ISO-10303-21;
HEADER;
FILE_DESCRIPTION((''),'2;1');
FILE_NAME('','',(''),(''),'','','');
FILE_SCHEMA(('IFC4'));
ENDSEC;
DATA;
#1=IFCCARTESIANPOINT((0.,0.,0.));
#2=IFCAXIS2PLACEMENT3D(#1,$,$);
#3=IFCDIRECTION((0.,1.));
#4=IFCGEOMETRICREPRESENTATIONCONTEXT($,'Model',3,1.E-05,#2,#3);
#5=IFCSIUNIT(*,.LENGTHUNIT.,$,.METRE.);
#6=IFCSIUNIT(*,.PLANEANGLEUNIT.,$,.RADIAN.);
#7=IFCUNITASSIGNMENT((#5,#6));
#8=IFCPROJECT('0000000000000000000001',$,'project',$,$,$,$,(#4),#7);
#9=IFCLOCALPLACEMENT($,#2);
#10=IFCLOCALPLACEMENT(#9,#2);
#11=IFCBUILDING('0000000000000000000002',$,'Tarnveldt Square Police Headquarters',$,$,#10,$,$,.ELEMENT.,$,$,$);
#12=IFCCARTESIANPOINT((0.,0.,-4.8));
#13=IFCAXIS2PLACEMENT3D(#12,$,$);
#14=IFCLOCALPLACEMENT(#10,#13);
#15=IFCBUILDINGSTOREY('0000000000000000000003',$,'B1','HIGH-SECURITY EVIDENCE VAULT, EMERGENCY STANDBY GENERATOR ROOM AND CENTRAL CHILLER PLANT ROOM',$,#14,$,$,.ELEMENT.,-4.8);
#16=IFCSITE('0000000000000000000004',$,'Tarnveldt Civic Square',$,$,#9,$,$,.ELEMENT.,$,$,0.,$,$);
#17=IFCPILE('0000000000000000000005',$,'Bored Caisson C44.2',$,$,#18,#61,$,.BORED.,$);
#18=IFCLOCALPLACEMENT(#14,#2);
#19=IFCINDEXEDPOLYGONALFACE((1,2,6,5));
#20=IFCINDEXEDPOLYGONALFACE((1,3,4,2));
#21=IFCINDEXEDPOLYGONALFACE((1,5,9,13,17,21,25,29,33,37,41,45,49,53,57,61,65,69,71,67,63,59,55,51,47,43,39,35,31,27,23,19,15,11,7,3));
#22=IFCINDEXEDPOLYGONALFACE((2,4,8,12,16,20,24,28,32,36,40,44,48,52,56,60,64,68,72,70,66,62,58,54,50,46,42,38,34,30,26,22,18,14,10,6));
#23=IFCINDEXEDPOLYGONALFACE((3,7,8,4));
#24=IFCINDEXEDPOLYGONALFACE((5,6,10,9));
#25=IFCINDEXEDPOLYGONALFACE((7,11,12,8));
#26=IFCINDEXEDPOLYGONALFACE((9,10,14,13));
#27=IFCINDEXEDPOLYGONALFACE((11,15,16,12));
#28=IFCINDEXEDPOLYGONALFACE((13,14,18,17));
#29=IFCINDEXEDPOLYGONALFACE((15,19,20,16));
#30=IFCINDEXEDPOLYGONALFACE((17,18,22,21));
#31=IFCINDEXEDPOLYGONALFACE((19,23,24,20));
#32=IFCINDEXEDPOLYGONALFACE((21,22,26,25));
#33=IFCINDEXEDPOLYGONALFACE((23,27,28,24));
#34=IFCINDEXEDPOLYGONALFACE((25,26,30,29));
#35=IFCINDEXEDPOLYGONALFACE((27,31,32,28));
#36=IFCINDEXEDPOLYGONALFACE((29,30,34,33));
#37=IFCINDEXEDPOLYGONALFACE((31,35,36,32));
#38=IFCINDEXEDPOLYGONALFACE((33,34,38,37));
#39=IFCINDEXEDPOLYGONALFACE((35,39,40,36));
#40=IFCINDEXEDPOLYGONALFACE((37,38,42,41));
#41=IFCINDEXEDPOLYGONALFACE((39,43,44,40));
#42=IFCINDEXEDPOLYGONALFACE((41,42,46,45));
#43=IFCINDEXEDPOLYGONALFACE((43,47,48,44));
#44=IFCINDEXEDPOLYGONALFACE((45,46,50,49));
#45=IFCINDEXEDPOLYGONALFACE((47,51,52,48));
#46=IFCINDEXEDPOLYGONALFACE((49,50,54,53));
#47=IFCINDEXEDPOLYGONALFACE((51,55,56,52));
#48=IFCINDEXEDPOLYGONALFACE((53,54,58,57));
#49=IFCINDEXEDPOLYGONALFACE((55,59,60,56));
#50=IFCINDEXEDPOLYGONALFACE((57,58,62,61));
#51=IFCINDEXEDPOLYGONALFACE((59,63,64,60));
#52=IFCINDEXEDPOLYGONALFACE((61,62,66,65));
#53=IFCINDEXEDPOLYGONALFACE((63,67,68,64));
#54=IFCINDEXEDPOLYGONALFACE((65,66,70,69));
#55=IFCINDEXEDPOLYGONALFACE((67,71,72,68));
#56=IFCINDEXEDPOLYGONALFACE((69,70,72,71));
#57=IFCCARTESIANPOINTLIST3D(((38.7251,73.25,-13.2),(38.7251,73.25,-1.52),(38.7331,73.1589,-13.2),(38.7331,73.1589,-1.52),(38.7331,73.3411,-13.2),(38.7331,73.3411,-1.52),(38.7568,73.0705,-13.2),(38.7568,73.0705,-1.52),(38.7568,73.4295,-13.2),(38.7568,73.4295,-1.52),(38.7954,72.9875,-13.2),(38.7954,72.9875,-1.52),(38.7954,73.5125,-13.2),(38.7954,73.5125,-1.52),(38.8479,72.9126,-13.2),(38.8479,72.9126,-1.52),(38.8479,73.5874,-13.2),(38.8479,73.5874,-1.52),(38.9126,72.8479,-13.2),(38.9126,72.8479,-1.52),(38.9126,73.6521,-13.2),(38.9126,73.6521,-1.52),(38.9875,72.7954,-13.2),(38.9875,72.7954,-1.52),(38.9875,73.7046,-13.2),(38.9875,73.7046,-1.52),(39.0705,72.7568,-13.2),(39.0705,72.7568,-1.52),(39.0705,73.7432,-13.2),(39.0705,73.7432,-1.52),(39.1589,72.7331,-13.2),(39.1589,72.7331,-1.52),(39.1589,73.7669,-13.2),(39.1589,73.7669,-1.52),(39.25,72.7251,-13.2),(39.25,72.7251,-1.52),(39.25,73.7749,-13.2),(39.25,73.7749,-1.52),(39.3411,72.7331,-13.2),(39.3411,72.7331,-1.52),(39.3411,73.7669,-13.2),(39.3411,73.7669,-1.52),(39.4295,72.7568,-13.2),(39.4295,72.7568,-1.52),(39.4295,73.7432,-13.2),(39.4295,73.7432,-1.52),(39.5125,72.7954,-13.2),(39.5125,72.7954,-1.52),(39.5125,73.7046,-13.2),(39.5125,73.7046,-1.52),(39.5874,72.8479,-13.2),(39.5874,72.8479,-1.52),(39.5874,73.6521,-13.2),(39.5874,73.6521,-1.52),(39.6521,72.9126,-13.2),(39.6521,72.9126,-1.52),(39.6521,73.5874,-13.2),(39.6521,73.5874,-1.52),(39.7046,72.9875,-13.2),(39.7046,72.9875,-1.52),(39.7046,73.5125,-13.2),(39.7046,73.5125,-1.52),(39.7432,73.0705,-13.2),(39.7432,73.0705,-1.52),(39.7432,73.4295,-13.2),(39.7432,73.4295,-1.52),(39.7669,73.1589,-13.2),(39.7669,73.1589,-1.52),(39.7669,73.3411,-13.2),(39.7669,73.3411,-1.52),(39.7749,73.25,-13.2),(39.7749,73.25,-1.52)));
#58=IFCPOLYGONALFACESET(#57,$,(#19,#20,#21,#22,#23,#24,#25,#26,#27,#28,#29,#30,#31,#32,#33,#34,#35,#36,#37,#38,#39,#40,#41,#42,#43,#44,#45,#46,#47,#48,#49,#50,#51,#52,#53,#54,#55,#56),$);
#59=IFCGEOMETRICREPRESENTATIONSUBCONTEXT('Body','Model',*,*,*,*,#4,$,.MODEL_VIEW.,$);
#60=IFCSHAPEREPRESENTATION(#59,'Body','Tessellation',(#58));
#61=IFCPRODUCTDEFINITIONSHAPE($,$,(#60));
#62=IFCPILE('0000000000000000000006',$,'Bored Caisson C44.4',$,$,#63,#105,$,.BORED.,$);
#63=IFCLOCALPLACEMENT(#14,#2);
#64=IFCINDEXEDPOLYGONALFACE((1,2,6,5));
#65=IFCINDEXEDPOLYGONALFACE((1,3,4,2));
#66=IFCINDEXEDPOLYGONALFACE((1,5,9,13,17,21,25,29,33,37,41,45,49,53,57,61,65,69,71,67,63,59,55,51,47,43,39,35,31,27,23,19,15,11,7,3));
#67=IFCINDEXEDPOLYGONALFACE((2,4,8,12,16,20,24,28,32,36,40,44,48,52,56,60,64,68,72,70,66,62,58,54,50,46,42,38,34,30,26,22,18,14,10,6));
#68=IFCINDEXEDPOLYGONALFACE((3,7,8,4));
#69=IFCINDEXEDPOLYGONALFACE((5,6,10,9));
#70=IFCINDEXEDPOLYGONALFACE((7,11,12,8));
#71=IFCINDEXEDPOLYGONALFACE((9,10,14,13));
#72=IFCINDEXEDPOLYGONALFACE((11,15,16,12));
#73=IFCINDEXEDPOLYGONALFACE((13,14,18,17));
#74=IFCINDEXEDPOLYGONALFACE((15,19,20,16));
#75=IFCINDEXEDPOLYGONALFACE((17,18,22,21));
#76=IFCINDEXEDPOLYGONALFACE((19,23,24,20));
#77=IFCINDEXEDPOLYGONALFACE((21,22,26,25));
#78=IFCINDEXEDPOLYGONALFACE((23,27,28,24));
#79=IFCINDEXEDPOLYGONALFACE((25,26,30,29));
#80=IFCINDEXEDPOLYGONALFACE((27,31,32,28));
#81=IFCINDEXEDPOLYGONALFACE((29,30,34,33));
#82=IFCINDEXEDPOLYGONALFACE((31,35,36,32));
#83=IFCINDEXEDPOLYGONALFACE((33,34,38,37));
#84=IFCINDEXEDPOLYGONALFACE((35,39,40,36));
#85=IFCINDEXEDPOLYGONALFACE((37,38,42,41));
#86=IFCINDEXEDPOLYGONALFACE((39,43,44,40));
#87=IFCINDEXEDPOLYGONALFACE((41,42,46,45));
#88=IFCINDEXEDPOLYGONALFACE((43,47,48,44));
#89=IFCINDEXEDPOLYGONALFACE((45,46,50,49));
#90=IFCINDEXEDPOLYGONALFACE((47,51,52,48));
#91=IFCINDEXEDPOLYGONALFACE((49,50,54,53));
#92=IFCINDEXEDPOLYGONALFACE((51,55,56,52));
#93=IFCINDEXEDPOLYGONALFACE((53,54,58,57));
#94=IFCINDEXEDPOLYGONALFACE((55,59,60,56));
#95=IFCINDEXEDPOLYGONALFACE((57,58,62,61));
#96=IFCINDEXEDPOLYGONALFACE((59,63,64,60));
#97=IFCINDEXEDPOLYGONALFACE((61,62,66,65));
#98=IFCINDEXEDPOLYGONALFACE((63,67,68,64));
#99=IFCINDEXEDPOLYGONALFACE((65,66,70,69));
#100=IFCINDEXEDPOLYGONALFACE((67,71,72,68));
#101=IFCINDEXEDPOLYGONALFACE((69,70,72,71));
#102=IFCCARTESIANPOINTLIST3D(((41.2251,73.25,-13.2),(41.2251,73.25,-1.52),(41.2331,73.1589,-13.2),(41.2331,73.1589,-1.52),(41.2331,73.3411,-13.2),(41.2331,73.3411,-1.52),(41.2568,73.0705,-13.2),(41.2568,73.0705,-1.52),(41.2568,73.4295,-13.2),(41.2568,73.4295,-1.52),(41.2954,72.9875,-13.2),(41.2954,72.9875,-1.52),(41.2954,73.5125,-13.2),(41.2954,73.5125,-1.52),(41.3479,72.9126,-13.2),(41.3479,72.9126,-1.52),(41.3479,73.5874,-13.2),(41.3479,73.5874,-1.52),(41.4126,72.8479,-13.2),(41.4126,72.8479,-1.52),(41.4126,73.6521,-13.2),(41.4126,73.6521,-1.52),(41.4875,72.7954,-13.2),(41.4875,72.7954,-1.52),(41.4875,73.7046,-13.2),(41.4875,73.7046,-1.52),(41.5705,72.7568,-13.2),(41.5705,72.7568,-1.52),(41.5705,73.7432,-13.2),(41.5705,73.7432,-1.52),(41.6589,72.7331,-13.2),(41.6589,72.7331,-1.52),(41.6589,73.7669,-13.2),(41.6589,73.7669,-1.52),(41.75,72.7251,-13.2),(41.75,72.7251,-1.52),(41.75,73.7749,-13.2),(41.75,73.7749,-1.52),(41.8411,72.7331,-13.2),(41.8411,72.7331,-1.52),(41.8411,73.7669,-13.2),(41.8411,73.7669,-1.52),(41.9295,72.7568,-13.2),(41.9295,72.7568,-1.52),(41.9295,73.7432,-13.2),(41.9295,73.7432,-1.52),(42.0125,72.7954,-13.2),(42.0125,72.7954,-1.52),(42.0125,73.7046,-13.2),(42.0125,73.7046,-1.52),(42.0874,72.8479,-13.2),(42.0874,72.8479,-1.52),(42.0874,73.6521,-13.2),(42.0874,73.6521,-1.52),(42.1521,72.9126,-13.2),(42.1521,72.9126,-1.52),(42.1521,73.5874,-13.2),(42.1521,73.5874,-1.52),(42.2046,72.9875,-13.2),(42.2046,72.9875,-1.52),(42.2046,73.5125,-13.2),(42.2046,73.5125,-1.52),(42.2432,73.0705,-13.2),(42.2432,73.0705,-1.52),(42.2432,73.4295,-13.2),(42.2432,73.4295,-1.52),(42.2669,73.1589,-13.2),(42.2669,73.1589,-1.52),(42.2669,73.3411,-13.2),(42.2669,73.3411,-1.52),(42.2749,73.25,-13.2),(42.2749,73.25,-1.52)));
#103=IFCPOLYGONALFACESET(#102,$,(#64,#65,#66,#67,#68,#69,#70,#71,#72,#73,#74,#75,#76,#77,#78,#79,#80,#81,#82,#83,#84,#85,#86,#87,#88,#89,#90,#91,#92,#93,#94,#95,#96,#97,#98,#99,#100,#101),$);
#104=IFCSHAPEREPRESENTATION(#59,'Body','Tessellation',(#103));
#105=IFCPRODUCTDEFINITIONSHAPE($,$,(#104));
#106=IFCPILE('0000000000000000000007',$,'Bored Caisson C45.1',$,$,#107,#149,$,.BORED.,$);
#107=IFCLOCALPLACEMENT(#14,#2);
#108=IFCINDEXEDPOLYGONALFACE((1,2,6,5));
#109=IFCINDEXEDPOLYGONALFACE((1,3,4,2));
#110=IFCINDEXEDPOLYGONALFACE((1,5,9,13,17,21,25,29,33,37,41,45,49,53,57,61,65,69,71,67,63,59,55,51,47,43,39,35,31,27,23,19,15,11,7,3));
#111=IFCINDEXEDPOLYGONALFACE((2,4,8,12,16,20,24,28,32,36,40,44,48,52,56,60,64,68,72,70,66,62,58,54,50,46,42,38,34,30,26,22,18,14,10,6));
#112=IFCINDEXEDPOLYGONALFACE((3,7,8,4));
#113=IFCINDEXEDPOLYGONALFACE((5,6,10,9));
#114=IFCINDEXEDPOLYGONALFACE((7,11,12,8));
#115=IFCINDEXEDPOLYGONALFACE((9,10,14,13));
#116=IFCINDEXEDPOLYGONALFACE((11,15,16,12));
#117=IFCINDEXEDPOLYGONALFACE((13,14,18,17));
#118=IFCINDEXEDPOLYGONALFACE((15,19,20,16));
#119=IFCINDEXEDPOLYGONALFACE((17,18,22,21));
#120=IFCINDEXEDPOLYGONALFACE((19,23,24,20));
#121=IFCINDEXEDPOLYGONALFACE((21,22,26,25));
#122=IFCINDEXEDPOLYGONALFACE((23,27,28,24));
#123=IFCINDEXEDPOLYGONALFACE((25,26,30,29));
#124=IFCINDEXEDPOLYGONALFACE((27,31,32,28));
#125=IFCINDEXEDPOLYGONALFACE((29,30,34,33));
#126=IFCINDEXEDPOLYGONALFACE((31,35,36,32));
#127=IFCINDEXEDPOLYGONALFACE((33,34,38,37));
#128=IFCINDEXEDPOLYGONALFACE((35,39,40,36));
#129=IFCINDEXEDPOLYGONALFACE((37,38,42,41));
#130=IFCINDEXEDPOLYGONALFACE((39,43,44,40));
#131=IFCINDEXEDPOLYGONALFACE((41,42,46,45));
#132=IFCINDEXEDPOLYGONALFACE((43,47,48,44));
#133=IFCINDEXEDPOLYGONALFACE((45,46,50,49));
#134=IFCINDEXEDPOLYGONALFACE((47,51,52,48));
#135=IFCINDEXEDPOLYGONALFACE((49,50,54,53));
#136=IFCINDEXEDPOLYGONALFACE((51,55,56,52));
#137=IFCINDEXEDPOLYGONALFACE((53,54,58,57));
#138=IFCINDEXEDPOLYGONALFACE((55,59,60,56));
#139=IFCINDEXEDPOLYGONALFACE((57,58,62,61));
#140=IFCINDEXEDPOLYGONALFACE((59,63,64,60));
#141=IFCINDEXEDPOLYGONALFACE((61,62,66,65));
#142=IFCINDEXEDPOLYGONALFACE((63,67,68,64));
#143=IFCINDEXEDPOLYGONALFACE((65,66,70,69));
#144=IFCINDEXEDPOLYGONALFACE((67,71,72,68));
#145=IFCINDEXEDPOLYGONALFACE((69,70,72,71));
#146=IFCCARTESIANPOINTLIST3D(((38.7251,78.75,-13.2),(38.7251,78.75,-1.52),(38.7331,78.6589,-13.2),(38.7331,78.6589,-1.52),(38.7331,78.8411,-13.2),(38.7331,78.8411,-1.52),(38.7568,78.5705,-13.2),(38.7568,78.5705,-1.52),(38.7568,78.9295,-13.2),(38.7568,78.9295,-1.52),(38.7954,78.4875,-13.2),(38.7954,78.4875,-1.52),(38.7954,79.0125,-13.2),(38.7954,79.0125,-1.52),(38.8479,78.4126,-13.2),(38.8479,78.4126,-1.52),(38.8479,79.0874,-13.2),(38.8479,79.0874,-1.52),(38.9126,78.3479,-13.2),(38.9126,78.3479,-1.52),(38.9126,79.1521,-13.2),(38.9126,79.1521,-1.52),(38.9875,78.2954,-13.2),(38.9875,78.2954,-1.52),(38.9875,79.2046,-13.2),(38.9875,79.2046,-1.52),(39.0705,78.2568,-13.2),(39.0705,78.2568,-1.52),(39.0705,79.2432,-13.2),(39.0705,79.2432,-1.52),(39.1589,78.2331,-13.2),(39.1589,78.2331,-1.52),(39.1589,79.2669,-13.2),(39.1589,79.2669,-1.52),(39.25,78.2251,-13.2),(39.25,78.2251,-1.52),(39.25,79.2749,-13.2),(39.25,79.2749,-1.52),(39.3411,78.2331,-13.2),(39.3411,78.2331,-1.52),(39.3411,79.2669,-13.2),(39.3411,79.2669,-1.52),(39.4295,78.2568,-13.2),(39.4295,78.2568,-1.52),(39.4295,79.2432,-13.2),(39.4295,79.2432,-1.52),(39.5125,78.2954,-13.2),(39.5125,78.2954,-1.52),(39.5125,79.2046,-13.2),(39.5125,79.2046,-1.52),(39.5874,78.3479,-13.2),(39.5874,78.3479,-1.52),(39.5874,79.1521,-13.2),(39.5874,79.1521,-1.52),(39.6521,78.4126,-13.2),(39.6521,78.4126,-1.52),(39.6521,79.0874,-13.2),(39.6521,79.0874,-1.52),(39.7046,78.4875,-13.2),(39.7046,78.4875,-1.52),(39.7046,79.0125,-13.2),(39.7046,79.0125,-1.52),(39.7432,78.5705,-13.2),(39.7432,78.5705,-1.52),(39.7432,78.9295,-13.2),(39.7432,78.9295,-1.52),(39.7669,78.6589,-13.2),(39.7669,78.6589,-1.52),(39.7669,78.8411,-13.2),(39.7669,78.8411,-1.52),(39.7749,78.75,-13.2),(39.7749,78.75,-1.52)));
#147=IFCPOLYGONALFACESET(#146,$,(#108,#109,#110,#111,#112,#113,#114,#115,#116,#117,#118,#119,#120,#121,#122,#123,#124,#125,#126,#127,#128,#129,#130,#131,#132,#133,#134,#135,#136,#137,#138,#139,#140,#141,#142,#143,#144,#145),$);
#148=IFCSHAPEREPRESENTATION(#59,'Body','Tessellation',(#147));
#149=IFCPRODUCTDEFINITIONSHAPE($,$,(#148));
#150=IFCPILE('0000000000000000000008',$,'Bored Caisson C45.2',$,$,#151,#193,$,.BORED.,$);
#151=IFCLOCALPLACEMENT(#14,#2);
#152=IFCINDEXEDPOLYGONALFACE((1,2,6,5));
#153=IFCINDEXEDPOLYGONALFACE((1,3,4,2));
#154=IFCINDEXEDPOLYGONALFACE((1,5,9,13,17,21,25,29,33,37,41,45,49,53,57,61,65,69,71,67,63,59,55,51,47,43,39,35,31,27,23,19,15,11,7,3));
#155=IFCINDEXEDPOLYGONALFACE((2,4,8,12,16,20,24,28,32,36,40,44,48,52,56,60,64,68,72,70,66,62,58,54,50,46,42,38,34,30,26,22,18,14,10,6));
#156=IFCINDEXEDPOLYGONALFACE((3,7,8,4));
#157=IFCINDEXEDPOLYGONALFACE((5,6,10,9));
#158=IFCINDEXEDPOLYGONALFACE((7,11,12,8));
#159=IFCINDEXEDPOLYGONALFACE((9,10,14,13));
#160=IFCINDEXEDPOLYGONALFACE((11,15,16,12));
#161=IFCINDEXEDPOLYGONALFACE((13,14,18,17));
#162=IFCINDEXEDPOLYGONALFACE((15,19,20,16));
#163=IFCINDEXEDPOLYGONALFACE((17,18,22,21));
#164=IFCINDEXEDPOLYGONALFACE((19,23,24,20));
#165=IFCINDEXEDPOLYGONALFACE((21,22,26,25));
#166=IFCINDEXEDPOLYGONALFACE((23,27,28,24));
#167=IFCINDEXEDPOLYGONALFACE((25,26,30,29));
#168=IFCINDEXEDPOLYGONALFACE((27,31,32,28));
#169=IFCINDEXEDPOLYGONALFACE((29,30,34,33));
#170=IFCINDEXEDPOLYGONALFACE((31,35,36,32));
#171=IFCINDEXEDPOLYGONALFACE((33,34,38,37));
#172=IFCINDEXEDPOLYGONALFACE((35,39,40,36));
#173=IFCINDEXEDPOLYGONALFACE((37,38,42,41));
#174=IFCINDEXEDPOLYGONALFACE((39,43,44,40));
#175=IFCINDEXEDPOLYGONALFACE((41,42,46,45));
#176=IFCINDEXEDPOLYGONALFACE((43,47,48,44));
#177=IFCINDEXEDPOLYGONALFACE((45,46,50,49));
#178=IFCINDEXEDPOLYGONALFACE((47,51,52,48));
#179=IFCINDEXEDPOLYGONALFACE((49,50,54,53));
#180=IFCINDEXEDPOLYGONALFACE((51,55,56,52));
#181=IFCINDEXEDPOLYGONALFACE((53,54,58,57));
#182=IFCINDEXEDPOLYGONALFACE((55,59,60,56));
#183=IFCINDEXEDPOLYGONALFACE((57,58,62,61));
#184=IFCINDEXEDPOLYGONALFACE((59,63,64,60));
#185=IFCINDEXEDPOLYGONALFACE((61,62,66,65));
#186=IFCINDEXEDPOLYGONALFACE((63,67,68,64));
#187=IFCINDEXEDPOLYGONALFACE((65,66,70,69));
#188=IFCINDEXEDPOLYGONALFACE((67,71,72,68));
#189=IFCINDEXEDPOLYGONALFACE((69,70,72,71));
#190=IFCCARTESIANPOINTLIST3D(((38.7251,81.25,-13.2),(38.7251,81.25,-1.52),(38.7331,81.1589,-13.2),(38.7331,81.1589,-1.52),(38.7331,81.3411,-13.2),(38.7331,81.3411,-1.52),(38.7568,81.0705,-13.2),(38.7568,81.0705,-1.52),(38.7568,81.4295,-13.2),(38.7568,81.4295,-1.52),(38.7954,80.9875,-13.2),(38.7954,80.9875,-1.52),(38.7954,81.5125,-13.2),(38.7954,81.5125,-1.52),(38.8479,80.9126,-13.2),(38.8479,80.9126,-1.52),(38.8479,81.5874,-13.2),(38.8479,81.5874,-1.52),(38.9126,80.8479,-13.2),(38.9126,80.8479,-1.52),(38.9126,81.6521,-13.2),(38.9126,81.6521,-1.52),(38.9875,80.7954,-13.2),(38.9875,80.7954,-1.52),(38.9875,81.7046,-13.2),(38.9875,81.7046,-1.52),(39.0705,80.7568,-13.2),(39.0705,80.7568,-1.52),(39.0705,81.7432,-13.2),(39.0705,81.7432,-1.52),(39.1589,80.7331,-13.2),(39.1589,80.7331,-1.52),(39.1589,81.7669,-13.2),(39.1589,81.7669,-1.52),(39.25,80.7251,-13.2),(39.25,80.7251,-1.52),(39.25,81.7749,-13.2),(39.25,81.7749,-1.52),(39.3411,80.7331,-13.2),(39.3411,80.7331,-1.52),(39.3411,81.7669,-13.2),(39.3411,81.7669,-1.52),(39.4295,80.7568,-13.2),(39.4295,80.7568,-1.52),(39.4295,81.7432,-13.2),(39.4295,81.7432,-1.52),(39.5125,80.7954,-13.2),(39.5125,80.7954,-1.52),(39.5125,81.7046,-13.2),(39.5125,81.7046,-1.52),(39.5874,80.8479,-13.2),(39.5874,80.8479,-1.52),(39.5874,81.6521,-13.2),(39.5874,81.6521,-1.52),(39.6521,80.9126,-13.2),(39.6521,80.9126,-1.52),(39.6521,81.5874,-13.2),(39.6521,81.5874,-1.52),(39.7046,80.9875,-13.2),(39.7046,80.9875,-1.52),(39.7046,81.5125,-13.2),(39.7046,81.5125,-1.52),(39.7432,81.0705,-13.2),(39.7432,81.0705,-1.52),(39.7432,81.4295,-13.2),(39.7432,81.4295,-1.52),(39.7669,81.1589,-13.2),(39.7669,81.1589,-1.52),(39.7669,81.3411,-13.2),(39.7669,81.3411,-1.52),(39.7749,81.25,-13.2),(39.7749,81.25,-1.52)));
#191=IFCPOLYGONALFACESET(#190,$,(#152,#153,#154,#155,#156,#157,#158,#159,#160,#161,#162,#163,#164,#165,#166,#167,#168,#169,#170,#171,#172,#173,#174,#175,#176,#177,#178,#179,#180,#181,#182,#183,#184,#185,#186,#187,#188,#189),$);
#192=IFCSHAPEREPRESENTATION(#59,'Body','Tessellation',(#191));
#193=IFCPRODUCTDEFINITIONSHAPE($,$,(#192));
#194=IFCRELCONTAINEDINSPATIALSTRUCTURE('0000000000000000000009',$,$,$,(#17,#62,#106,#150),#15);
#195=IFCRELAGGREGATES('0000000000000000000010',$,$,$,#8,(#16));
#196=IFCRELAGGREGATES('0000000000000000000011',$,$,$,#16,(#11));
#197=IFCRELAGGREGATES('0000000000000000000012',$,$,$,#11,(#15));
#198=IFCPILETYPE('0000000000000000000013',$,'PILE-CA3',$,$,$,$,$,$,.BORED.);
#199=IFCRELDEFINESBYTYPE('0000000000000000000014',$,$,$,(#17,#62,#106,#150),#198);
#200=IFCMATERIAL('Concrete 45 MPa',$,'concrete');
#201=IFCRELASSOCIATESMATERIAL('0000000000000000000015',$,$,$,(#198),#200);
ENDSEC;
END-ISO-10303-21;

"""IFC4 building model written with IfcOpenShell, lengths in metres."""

from ifc_helpers import new_model, si_unit, direction, frame, origin, origin_2d, place, context, subcontext, project, spatial, circle, extrude, material, material_profile, profile_set, type_object, element, save


model = new_model("IFC4")

# Units and contexts
model_context = context("Model", 3, precision=1e-05, world=origin(), true_north=direction((0.0, 1.0)))
body_context = subcontext(model_context, "Body", "Model", "MODEL_VIEW")
ifc_project = project(units=[si_unit("LENGTHUNIT", "METRE"), si_unit("PLANEANGLEUNIT", "RADIAN")], contexts=[model_context])

# Site, building, storey
site_placement = place(None, origin())
site = spatial("IfcSite", under=ifc_project, at=site_placement, Name="Tarnveldt Civic Square", CompositionType="ELEMENT", RefElevation=0.0)
building_placement = place(site_placement, origin())
building = spatial("IfcBuilding", under=site, at=building_placement, Name="Tarnveldt Square Police Headquarters", CompositionType="ELEMENT")
storey_placement = place(building_placement, frame((0.0, 0.0, -4.8)))
storey = spatial("IfcBuildingStorey", under=building, at=storey_placement, Name="B1", Description="HIGH-SECURITY EVIDENCE VAULT, EMERGENCY STANDBY GENERATOR ROOM AND CENTRAL CHILLER PLANT ROOM", CompositionType="ELEMENT", Elevation=-4.8)

# Shared definitions
ifc_material_1 = material(Name="Concrete 45 MPa", Category="concrete")

# Piles
ifc_material_profile_1 = material_profile(ifc_material_1, circle(Radius=0.5249, at=origin_2d()), Name="CAISSON-D1050")
ifc_profile_set_1 = profile_set([ifc_material_profile_1], Name="Concrete 45 MPa")
pile_type = type_object("IfcPileType", Name="PILE-CA3", PredefinedType="BORED", material=ifc_profile_set_1)
for number, where, z_axis, x_axis, name in (
    (1, (39.25, 73.25, -1.52), (0.0, 0.0, -1.0), (1.0, 0.0, 0.0), "Bored Caisson C44.2"),
    (2, (41.75, 73.25, -1.52), (0.0, 0.0, -1.0), (1.0, 0.0, 0.0), "Bored Caisson C44.4"),
    (3, (39.25, 78.75, -1.52), (0.0, 0.0, -1.0), (1.0, 0.0, 0.0), "Bored Caisson C45.1"),
    (4, (39.25, 81.25, -1.52), (0.0, 0.0, -1.0), (1.0, 0.0, 0.0), "Bored Caisson C45.2"),
):
    element("IfcPile", number, at=place(storey_placement, frame(where, z_axis=z_axis, x_axis=x_axis)), inside=storey, type_object=pile_type, Name=name, PredefinedType="BORED", context=body_context, shape_type="SweptSolid", body=[
        extrude(circle(Radius=0.5249, at=origin_2d()), origin(), (0.0, 0.0, 1.0), 11.6799),
    ])

save(model, "model.ifc")
